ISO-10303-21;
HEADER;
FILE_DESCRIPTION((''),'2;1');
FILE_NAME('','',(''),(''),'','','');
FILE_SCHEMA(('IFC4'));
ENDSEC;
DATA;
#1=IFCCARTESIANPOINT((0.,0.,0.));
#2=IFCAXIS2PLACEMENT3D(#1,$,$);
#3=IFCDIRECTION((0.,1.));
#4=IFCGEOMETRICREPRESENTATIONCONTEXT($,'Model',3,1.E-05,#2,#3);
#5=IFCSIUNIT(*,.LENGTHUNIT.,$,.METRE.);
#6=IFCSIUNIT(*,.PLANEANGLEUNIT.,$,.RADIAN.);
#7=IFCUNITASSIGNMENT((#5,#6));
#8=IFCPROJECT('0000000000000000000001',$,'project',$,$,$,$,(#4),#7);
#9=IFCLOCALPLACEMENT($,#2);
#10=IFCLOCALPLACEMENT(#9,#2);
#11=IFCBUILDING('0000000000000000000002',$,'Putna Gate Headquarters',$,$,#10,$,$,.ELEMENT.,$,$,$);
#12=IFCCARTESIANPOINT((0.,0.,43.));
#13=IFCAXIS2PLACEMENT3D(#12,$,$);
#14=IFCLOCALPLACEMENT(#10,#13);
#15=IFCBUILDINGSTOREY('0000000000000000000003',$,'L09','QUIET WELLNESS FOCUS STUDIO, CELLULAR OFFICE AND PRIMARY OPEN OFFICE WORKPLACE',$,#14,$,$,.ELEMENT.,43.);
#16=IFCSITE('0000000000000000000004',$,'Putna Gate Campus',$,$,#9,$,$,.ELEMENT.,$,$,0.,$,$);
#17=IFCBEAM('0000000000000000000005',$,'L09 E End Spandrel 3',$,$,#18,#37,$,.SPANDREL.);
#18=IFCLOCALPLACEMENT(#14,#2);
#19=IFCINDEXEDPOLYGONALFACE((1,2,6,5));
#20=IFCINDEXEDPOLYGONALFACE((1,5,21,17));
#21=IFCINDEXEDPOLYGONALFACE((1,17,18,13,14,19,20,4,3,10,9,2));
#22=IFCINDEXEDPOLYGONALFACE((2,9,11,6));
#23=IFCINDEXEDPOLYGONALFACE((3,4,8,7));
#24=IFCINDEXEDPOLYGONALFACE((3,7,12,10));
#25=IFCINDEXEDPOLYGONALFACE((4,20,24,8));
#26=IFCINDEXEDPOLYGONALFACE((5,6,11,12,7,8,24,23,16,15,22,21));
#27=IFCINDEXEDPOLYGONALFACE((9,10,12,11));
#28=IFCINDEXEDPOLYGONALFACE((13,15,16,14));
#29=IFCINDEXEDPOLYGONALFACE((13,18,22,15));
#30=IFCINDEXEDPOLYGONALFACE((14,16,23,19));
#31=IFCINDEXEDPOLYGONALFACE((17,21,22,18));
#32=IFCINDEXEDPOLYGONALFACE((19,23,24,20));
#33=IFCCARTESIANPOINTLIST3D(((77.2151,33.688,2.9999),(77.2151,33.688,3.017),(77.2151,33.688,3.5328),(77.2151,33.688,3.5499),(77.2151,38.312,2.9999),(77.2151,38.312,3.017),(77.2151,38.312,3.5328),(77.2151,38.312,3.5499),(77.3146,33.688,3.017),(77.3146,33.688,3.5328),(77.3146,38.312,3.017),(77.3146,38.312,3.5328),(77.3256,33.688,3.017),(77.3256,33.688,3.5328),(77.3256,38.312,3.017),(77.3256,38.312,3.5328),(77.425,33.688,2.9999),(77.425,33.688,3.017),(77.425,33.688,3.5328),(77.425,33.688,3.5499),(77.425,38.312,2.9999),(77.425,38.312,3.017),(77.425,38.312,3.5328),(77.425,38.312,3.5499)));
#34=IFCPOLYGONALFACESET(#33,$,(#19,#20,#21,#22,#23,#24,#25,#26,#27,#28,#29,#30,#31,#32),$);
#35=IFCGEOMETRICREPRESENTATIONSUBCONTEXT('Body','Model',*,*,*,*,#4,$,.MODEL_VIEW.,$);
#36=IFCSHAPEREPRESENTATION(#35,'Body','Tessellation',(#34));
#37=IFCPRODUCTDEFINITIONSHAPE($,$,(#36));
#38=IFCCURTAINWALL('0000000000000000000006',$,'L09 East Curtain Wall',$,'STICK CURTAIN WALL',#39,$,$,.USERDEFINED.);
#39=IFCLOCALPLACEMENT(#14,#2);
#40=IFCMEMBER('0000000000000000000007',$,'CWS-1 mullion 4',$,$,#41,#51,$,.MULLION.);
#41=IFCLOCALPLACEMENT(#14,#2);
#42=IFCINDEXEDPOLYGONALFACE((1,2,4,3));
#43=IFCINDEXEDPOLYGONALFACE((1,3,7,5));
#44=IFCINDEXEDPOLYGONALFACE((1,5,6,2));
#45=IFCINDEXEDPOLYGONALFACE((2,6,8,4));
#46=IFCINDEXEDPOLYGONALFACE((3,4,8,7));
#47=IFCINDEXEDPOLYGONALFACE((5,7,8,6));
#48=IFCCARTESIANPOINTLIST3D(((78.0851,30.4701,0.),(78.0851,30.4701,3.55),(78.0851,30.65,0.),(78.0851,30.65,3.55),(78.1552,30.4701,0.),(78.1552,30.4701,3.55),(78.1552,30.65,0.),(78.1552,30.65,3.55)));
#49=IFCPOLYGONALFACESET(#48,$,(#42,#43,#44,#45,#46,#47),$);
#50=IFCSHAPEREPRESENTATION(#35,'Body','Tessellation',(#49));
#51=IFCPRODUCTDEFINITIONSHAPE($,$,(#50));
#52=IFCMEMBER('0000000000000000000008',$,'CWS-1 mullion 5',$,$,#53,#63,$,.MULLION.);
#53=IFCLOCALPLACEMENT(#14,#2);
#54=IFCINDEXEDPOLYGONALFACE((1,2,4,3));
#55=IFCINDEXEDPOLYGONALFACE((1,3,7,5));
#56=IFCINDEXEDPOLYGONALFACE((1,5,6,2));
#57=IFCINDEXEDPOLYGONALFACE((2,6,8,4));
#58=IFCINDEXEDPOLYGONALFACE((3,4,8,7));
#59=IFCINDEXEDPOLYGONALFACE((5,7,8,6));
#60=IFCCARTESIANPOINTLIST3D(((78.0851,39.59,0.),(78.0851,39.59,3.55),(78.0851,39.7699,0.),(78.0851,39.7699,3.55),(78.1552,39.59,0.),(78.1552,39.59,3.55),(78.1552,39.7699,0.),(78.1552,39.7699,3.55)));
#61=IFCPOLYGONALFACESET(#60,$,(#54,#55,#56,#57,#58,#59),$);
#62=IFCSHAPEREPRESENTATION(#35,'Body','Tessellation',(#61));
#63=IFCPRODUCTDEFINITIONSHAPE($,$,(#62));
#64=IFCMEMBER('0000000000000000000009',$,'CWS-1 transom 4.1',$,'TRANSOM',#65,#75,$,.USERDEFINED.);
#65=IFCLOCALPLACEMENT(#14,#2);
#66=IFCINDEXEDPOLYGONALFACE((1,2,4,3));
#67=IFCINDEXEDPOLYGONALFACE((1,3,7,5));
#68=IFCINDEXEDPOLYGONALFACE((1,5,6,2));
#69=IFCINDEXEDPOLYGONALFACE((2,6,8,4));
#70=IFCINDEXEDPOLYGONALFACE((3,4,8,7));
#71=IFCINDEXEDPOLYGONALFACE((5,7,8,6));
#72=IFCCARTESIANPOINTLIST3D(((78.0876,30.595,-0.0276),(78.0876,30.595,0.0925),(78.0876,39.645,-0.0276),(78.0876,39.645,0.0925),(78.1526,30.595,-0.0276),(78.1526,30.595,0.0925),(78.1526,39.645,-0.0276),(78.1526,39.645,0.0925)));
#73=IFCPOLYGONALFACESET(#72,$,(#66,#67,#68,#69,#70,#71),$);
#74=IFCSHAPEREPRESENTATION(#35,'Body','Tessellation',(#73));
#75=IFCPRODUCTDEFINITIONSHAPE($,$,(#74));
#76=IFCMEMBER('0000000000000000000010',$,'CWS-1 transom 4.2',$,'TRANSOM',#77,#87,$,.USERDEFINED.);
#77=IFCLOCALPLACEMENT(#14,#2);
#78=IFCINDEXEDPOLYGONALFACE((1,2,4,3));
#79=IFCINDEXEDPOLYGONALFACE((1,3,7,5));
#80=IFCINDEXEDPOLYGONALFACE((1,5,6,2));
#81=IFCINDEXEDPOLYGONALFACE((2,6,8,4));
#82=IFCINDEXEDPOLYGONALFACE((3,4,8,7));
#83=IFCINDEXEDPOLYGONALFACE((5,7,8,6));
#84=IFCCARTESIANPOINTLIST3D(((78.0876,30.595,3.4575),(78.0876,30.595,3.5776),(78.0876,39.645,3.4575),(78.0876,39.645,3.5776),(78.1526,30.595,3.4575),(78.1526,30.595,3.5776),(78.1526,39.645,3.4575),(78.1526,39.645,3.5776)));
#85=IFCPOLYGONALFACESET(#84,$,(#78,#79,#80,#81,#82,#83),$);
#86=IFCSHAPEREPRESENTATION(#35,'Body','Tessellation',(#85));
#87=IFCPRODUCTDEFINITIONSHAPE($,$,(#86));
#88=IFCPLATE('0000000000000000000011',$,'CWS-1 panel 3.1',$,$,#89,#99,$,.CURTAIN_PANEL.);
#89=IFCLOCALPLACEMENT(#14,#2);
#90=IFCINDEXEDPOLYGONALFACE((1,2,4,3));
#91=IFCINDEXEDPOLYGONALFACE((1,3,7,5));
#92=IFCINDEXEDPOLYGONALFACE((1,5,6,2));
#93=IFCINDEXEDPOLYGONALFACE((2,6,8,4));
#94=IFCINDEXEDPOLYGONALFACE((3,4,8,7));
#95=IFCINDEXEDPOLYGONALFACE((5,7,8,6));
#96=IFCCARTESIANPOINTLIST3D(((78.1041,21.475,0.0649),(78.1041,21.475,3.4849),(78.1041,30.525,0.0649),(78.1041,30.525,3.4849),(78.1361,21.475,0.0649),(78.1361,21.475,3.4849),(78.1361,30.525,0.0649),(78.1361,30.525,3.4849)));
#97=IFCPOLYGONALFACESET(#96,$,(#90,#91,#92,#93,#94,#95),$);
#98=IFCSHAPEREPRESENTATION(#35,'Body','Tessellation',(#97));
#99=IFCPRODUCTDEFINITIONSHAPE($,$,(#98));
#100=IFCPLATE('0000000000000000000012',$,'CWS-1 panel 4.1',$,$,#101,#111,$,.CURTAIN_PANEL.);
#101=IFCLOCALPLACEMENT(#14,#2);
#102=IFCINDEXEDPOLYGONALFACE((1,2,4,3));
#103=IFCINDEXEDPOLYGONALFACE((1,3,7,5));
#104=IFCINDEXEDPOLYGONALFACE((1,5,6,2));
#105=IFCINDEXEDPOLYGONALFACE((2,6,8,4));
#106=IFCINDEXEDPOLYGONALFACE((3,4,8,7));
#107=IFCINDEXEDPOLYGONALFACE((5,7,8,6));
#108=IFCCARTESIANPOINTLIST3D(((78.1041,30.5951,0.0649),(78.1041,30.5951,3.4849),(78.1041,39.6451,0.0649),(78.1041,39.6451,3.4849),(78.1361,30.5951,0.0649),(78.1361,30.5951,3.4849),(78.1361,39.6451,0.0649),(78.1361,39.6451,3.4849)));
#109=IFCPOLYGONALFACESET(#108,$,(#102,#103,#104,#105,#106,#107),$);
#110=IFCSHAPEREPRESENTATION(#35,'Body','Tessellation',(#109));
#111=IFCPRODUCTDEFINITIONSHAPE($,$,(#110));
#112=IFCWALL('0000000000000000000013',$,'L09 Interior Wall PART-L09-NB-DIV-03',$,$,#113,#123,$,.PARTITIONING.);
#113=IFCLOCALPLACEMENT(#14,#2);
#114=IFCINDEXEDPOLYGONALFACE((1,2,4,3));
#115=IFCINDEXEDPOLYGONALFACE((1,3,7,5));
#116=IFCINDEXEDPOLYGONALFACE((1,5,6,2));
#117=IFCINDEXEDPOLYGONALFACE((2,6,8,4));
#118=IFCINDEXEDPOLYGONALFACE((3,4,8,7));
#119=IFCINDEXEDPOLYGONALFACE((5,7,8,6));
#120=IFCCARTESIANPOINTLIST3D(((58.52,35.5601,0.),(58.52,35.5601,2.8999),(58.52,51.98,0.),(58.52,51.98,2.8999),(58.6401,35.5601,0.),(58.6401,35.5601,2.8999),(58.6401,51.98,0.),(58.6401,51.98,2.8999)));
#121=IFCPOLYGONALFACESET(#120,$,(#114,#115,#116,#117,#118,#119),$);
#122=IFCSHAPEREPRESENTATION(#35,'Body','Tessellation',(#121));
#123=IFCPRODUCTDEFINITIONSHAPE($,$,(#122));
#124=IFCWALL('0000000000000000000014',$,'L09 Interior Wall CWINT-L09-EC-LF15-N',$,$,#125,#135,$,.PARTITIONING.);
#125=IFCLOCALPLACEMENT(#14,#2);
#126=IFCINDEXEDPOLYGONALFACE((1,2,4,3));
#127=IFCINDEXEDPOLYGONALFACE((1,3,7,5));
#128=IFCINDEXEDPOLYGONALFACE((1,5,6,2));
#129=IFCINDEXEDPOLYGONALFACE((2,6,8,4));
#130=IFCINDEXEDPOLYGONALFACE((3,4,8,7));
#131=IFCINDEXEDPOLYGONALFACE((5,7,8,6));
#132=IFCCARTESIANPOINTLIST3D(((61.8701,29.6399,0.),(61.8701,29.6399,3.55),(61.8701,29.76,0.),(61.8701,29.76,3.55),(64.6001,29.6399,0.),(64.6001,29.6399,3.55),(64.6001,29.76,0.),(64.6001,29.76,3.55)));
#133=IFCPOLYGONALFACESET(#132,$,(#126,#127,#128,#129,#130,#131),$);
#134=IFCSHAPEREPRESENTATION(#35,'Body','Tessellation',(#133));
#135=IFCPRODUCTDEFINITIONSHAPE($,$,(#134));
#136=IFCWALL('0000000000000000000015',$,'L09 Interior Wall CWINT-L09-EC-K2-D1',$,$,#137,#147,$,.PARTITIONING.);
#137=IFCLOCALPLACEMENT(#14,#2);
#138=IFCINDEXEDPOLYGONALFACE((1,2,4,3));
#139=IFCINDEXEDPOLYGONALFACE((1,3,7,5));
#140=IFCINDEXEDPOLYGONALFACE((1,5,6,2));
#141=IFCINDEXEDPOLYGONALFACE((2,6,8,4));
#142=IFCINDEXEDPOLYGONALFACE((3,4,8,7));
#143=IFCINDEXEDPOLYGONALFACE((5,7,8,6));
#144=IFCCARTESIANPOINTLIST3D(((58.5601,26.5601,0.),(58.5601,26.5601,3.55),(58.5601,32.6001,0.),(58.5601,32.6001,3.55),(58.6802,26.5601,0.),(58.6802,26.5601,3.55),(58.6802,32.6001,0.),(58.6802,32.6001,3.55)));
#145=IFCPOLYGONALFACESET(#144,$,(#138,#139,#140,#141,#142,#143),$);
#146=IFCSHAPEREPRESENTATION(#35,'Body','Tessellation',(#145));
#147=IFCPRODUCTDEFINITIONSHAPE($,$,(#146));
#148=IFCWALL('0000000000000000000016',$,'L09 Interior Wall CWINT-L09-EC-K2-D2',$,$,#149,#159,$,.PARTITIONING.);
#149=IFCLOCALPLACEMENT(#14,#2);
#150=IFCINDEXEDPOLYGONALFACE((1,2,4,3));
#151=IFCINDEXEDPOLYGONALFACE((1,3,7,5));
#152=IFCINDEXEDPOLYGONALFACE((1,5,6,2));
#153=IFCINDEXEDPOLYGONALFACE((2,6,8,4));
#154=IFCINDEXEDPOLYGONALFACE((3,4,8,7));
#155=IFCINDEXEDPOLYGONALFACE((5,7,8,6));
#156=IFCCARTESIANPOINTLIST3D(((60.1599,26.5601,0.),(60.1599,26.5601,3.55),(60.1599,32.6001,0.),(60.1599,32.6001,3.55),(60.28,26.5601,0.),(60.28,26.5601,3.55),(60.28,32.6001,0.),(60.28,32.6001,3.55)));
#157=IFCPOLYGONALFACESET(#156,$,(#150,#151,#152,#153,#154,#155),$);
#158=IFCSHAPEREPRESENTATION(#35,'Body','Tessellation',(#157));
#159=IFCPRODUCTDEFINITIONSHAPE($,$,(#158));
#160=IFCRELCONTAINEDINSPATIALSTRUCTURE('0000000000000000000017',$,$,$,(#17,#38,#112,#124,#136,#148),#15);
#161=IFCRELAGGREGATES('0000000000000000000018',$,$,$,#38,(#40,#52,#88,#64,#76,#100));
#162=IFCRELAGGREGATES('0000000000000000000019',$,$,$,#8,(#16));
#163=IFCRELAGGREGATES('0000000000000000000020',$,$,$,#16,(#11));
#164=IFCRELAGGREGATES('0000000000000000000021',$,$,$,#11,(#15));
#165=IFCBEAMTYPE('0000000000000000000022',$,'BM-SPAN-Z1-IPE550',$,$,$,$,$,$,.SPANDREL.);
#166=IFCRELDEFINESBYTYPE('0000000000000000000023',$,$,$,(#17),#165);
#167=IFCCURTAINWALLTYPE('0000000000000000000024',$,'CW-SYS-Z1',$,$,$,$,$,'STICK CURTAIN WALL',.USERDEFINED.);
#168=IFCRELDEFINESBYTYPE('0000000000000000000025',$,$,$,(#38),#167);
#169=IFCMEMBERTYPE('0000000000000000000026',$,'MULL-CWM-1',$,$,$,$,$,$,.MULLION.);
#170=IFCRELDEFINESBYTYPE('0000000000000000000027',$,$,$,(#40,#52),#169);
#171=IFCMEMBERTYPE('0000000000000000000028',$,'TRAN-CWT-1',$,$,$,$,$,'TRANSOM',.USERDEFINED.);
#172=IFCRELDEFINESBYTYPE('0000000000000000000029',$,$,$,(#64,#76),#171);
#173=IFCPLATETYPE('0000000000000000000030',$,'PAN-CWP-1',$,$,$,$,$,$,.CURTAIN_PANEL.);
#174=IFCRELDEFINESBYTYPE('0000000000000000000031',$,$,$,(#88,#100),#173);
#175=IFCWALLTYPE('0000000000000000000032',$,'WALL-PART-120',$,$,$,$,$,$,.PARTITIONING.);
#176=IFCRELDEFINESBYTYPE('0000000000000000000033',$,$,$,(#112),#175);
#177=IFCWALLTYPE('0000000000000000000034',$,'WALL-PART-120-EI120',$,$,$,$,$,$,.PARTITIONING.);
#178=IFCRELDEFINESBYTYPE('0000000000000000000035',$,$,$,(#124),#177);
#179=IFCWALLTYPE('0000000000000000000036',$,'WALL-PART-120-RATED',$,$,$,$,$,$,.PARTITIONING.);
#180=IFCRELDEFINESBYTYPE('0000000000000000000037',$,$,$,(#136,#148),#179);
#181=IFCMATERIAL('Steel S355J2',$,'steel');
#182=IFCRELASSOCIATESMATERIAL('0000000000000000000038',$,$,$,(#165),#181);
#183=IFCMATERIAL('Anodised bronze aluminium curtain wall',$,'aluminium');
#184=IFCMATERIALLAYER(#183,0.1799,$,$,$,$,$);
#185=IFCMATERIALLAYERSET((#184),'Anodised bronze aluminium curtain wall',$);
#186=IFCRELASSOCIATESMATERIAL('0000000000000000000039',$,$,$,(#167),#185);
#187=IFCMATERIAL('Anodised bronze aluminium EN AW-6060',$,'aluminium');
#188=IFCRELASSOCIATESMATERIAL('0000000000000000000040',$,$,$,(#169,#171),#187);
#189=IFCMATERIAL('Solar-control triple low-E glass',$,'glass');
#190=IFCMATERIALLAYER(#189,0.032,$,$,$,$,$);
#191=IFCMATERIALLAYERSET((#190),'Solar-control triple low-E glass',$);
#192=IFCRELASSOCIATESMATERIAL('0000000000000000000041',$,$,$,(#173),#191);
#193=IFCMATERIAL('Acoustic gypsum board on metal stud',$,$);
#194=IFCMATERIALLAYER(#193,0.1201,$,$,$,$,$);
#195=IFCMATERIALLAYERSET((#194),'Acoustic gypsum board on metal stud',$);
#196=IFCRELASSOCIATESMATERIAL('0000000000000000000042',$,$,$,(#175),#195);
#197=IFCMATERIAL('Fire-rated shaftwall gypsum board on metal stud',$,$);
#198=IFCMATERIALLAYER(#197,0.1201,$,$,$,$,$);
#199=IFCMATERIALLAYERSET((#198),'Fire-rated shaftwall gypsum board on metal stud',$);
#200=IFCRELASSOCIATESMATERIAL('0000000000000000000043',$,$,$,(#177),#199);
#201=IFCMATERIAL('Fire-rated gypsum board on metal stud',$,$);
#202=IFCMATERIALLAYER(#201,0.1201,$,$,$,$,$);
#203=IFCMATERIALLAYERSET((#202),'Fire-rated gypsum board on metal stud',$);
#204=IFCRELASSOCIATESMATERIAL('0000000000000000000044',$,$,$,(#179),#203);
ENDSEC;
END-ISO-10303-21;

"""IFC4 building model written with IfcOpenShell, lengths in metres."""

from ifc_helpers import new_model, si_unit, direction, frame, frame_2d, origin, origin_2d, place, context, subcontext, project, spatial, rectangle, i_section, extrude, material, layer, layer_set, material_profile, profile_set, type_object, element, aggregate, save


model = new_model("IFC4")

# Units and contexts
model_context = context("Model", 3, precision=1e-05, world=origin(), true_north=direction((0.0, 1.0)))
body_context = subcontext(model_context, "Body", "Model", "MODEL_VIEW")
ifc_project = project(units=[si_unit("LENGTHUNIT", "METRE"), si_unit("PLANEANGLEUNIT", "RADIAN")], contexts=[model_context])

# Site, building, storey
site_placement = place(None, origin())
site = spatial("IfcSite", under=ifc_project, at=site_placement, Name="Putna Gate Campus", CompositionType="ELEMENT", RefElevation=0.0)
building_placement = place(site_placement, origin())
building = spatial("IfcBuilding", under=site, at=building_placement, Name="Putna Gate Headquarters", CompositionType="ELEMENT")
storey_placement = place(building_placement, frame((0.0, 0.0, 43.0)))
storey = spatial("IfcBuildingStorey", under=building, at=storey_placement, Name="L09", Description="QUIET WELLNESS FOCUS STUDIO, CELLULAR OFFICE AND PRIMARY OPEN OFFICE WORKPLACE", CompositionType="ELEMENT", Elevation=43.0)

# Beam
ifc_material_1 = material(Name="Steel S355J2", Category="steel")
ifc_material_profile_1 = material_profile(ifc_material_1, i_section(OverallWidth=0.21, OverallDepth=0.55, WebThickness=0.011, FlangeThickness=0.0171, at=origin_2d()), Name="Steel S355J2")
ifc_profile_set_1 = profile_set([ifc_material_profile_1], Name="Steel S355J2")
beam_type_1 = type_object("IfcBeamType", Name="BM-SPAN-Z1-IPE550", PredefinedType="SPANDREL", material=ifc_profile_set_1)
beam_1_placement = place(storey_placement, frame((77.3201, 33.688, 3.2749), z_axis=(0.0, 1.0, 0.0), x_axis=(-1.0, 0.0, 0.0)))
element("IfcBeam", 1, at=beam_1_placement, inside=storey, type_object=beam_type_1, Name="L09 E End Spandrel 3", PredefinedType="SPANDREL", context=body_context, shape_type="SweptSolid", body=[
    extrude(i_section(OverallWidth=0.21, OverallDepth=0.55, WebThickness=0.011, FlangeThickness=0.0171, at=origin_2d()), origin(), (0.0, 0.0, 1.0), 4.624),
])

# Curtain wall, members, plates
ifc_material_2 = material(Name="Anodised bronze aluminium curtain wall", Category="aluminium")
ifc_layer_1 = layer(ifc_material_2, 0.1799)
ifc_layer_set_1 = layer_set([ifc_layer_1], Name="Anodised bronze aluminium curtain wall")
curtain_wall_type = type_object("IfcCurtainWallType", Name="CW-SYS-Z1", ElementType="STICK CURTAIN WALL", PredefinedType="USERDEFINED", material=ifc_layer_set_1)
curtain_wall_placement = place(storey_placement, origin())
curtain_wall = element("IfcCurtainWall", 2, at=curtain_wall_placement, inside=storey, type_object=curtain_wall_type, Name="L09 East Curtain Wall", ObjectType="STICK CURTAIN WALL", PredefinedType="USERDEFINED")
ifc_material_3 = material(Name="Anodised bronze aluminium EN AW-6060", Category="aluminium")
ifc_material_profile_2 = material_profile(ifc_material_3, rectangle(XDim=0.0701, YDim=0.1799, at=origin_2d()), Name="Anodised bronze aluminium EN AW-6060")
ifc_profile_set_2 = profile_set([ifc_material_profile_2], Name="Anodised bronze aluminium EN AW-6060")
member_type_1 = type_object("IfcMemberType", Name="MULL-CWM-1", PredefinedType="MULLION", material=ifc_profile_set_2)
member_1_placement = place(storey_placement, frame((78.1201, 30.5601, 0.0), z_axis=(0.0, 0.0, 1.0), x_axis=(-1.0, 0.0, 0.0)))
member_1 = element("IfcMember", 3, at=member_1_placement, type_object=member_type_1, Name="CWS-1 mullion 4", PredefinedType="MULLION", context=body_context, shape_type="SweptSolid", body=[
    extrude(rectangle(XDim=0.0701, YDim=0.1799, at=origin_2d()), origin(), (0.0, 0.0, 1.0), 3.55),
])
member_2_placement = place(storey_placement, frame((78.1201, 39.6799, 0.0), z_axis=(0.0, 0.0, 1.0), x_axis=(-1.0, 0.0, 0.0)))
member_2 = element("IfcMember", 4, at=member_2_placement, type_object=member_type_1, Name="CWS-1 mullion 5", PredefinedType="MULLION", context=body_context, shape_type="SweptSolid", body=[
    extrude(rectangle(XDim=0.0701, YDim=0.1799, at=origin_2d()), origin(), (0.0, 0.0, 1.0), 3.55),
])
ifc_material_profile_3 = material_profile(ifc_material_3, rectangle(XDim=0.0649, YDim=0.1201, at=origin_2d()), Name="Anodised bronze aluminium EN AW-6060")
ifc_profile_set_3 = profile_set([ifc_material_profile_3], Name="Anodised bronze aluminium EN AW-6060")
member_type_2 = type_object("IfcMemberType", Name="TRAN-CWT-1", ElementType="TRANSOM", PredefinedType="USERDEFINED", material=ifc_profile_set_3)
member_3_placement = place(storey_placement, frame((78.1201, 30.595, 0.0325), z_axis=(0.0, 1.0, 0.0), x_axis=(-1.0, 0.0, 0.0)))
member_3 = element("IfcMember", 5, at=member_3_placement, type_object=member_type_2, Name="CWS-1 transom 4.1", ObjectType="TRANSOM", PredefinedType="USERDEFINED", context=body_context, shape_type="SweptSolid", body=[
    extrude(rectangle(XDim=0.0649, YDim=0.1201, at=origin_2d()), origin(), (0.0, 0.0, 1.0), 9.05),
])
member_4_placement = place(storey_placement, frame((78.1201, 30.595, 3.5176), z_axis=(0.0, 1.0, 0.0), x_axis=(-1.0, 0.0, 0.0)))
member_4 = element("IfcMember", 6, at=member_4_placement, type_object=member_type_2, Name="CWS-1 transom 4.2", ObjectType="TRANSOM", PredefinedType="USERDEFINED", context=body_context, shape_type="SweptSolid", body=[
    extrude(rectangle(XDim=0.0649, YDim=0.1201, at=origin_2d()), origin(), (0.0, 0.0, 1.0), 9.05),
])
ifc_material_4 = material(Name="Solar-control triple low-E glass", Category="glass")
ifc_layer_2 = layer(ifc_material_4, 0.032)
ifc_layer_set_2 = layer_set([ifc_layer_2], Name="Solar-control triple low-E glass")
plate_type = type_object("IfcPlateType", Name="PAN-CWP-1", PredefinedType="CURTAIN_PANEL", material=ifc_layer_set_2)
plate_1_placement = place(storey_placement, frame((78.1201, 26.0, 0.0649), z_axis=(0.0, 0.0, 1.0), x_axis=(0.0, 1.0, 0.0)))
plate_1 = element("IfcPlate", 7, at=plate_1_placement, type_object=plate_type, Name="CWS-1 panel 3.1", PredefinedType="CURTAIN_PANEL", context=body_context, shape_type="SweptSolid", body=[
    extrude(rectangle(XDim=9.05, YDim=0.032, at=origin_2d()), origin(), (0.0, 0.0, 1.0), 3.4199),
])
plate_2_placement = place(storey_placement, frame((78.1201, 35.1201, 0.0649), z_axis=(0.0, 0.0, 1.0), x_axis=(0.0, 1.0, 0.0)))
plate_2 = element("IfcPlate", 8, at=plate_2_placement, type_object=plate_type, Name="CWS-1 panel 4.1", PredefinedType="CURTAIN_PANEL", context=body_context, shape_type="SweptSolid", body=[
    extrude(rectangle(XDim=9.05, YDim=0.032, at=origin_2d()), origin(), (0.0, 0.0, 1.0), 3.4199),
])
aggregate(curtain_wall, [member_1, member_2, plate_1, member_3, member_4, plate_2])

# Walls
ifc_material_5 = material(Name="Acoustic gypsum board on metal stud")
ifc_layer_3 = layer(ifc_material_5, 0.1201)
ifc_layer_set_3 = layer_set([ifc_layer_3], Name="Acoustic gypsum board on metal stud")
wall_type_1 = type_object("IfcWallType", Name="WALL-PART-120", PredefinedType="PARTITIONING", material=ifc_layer_set_3)
wall_1_placement = place(storey_placement, frame((58.5801, 35.5601, 0.0), z_axis=(0.0, 0.0, 1.0), x_axis=(0.0, 1.0, 0.0)))
element("IfcWall", 9, at=wall_1_placement, inside=storey, type_object=wall_type_1, Name="L09 Interior Wall PART-L09-NB-DIV-03", PredefinedType="PARTITIONING", context=body_context, shape_type="SweptSolid", body=[
    extrude(rectangle(XDim=16.4199, YDim=0.1201, at=frame_2d((8.21, 0.0))), origin(), (0.0, 0.0, 1.0), 2.8999),
])
ifc_material_6 = material(Name="Fire-rated shaftwall gypsum board on metal stud")
ifc_layer_4 = layer(ifc_material_6, 0.1201)
ifc_layer_set_4 = layer_set([ifc_layer_4], Name="Fire-rated shaftwall gypsum board on metal stud")
wall_type_2 = type_object("IfcWallType", Name="WALL-PART-120-EI120", PredefinedType="PARTITIONING", material=ifc_layer_set_4)
wall_2_placement = place(storey_placement, frame((61.8701, 29.7, 0.0), z_axis=(0.0, 0.0, 1.0), x_axis=(1.0, 0.0, 0.0)))
element("IfcWall", 10, at=wall_2_placement, inside=storey, type_object=wall_type_2, Name="L09 Interior Wall CWINT-L09-EC-LF15-N", PredefinedType="PARTITIONING", context=body_context, shape_type="SweptSolid", body=[
    extrude(rectangle(XDim=2.73, YDim=0.1201, at=frame_2d((1.365, 0.0))), origin(), (0.0, 0.0, 1.0), 3.55),
])
ifc_material_7 = material(Name="Fire-rated gypsum board on metal stud")
ifc_layer_5 = layer(ifc_material_7, 0.1201)
ifc_layer_set_5 = layer_set([ifc_layer_5], Name="Fire-rated gypsum board on metal stud")
wall_type_3 = type_object("IfcWallType", Name="WALL-PART-120-RATED", PredefinedType="PARTITIONING", material=ifc_layer_set_5)
for number, where, z_axis, x_axis, name in (
    (11, (58.6201, 26.5601, 0.0), (0.0, 0.0, 1.0), (0.0, 1.0, 0.0), "L09 Interior Wall CWINT-L09-EC-K2-D1"),
    (12, (60.22, 26.5601, 0.0), (0.0, 0.0, 1.0), (0.0, 1.0, 0.0), "L09 Interior Wall CWINT-L09-EC-K2-D2"),
):
    element("IfcWall", number, at=place(storey_placement, frame(where, z_axis=z_axis, x_axis=x_axis)), inside=storey, type_object=wall_type_3, Name=name, PredefinedType="PARTITIONING", context=body_context, shape_type="SweptSolid", body=[
        extrude(rectangle(XDim=6.04, YDim=0.1201, at=frame_2d((3.02, 0.0))), origin(), (0.0, 0.0, 1.0), 3.55),
    ])

save(model, "model.ifc")
